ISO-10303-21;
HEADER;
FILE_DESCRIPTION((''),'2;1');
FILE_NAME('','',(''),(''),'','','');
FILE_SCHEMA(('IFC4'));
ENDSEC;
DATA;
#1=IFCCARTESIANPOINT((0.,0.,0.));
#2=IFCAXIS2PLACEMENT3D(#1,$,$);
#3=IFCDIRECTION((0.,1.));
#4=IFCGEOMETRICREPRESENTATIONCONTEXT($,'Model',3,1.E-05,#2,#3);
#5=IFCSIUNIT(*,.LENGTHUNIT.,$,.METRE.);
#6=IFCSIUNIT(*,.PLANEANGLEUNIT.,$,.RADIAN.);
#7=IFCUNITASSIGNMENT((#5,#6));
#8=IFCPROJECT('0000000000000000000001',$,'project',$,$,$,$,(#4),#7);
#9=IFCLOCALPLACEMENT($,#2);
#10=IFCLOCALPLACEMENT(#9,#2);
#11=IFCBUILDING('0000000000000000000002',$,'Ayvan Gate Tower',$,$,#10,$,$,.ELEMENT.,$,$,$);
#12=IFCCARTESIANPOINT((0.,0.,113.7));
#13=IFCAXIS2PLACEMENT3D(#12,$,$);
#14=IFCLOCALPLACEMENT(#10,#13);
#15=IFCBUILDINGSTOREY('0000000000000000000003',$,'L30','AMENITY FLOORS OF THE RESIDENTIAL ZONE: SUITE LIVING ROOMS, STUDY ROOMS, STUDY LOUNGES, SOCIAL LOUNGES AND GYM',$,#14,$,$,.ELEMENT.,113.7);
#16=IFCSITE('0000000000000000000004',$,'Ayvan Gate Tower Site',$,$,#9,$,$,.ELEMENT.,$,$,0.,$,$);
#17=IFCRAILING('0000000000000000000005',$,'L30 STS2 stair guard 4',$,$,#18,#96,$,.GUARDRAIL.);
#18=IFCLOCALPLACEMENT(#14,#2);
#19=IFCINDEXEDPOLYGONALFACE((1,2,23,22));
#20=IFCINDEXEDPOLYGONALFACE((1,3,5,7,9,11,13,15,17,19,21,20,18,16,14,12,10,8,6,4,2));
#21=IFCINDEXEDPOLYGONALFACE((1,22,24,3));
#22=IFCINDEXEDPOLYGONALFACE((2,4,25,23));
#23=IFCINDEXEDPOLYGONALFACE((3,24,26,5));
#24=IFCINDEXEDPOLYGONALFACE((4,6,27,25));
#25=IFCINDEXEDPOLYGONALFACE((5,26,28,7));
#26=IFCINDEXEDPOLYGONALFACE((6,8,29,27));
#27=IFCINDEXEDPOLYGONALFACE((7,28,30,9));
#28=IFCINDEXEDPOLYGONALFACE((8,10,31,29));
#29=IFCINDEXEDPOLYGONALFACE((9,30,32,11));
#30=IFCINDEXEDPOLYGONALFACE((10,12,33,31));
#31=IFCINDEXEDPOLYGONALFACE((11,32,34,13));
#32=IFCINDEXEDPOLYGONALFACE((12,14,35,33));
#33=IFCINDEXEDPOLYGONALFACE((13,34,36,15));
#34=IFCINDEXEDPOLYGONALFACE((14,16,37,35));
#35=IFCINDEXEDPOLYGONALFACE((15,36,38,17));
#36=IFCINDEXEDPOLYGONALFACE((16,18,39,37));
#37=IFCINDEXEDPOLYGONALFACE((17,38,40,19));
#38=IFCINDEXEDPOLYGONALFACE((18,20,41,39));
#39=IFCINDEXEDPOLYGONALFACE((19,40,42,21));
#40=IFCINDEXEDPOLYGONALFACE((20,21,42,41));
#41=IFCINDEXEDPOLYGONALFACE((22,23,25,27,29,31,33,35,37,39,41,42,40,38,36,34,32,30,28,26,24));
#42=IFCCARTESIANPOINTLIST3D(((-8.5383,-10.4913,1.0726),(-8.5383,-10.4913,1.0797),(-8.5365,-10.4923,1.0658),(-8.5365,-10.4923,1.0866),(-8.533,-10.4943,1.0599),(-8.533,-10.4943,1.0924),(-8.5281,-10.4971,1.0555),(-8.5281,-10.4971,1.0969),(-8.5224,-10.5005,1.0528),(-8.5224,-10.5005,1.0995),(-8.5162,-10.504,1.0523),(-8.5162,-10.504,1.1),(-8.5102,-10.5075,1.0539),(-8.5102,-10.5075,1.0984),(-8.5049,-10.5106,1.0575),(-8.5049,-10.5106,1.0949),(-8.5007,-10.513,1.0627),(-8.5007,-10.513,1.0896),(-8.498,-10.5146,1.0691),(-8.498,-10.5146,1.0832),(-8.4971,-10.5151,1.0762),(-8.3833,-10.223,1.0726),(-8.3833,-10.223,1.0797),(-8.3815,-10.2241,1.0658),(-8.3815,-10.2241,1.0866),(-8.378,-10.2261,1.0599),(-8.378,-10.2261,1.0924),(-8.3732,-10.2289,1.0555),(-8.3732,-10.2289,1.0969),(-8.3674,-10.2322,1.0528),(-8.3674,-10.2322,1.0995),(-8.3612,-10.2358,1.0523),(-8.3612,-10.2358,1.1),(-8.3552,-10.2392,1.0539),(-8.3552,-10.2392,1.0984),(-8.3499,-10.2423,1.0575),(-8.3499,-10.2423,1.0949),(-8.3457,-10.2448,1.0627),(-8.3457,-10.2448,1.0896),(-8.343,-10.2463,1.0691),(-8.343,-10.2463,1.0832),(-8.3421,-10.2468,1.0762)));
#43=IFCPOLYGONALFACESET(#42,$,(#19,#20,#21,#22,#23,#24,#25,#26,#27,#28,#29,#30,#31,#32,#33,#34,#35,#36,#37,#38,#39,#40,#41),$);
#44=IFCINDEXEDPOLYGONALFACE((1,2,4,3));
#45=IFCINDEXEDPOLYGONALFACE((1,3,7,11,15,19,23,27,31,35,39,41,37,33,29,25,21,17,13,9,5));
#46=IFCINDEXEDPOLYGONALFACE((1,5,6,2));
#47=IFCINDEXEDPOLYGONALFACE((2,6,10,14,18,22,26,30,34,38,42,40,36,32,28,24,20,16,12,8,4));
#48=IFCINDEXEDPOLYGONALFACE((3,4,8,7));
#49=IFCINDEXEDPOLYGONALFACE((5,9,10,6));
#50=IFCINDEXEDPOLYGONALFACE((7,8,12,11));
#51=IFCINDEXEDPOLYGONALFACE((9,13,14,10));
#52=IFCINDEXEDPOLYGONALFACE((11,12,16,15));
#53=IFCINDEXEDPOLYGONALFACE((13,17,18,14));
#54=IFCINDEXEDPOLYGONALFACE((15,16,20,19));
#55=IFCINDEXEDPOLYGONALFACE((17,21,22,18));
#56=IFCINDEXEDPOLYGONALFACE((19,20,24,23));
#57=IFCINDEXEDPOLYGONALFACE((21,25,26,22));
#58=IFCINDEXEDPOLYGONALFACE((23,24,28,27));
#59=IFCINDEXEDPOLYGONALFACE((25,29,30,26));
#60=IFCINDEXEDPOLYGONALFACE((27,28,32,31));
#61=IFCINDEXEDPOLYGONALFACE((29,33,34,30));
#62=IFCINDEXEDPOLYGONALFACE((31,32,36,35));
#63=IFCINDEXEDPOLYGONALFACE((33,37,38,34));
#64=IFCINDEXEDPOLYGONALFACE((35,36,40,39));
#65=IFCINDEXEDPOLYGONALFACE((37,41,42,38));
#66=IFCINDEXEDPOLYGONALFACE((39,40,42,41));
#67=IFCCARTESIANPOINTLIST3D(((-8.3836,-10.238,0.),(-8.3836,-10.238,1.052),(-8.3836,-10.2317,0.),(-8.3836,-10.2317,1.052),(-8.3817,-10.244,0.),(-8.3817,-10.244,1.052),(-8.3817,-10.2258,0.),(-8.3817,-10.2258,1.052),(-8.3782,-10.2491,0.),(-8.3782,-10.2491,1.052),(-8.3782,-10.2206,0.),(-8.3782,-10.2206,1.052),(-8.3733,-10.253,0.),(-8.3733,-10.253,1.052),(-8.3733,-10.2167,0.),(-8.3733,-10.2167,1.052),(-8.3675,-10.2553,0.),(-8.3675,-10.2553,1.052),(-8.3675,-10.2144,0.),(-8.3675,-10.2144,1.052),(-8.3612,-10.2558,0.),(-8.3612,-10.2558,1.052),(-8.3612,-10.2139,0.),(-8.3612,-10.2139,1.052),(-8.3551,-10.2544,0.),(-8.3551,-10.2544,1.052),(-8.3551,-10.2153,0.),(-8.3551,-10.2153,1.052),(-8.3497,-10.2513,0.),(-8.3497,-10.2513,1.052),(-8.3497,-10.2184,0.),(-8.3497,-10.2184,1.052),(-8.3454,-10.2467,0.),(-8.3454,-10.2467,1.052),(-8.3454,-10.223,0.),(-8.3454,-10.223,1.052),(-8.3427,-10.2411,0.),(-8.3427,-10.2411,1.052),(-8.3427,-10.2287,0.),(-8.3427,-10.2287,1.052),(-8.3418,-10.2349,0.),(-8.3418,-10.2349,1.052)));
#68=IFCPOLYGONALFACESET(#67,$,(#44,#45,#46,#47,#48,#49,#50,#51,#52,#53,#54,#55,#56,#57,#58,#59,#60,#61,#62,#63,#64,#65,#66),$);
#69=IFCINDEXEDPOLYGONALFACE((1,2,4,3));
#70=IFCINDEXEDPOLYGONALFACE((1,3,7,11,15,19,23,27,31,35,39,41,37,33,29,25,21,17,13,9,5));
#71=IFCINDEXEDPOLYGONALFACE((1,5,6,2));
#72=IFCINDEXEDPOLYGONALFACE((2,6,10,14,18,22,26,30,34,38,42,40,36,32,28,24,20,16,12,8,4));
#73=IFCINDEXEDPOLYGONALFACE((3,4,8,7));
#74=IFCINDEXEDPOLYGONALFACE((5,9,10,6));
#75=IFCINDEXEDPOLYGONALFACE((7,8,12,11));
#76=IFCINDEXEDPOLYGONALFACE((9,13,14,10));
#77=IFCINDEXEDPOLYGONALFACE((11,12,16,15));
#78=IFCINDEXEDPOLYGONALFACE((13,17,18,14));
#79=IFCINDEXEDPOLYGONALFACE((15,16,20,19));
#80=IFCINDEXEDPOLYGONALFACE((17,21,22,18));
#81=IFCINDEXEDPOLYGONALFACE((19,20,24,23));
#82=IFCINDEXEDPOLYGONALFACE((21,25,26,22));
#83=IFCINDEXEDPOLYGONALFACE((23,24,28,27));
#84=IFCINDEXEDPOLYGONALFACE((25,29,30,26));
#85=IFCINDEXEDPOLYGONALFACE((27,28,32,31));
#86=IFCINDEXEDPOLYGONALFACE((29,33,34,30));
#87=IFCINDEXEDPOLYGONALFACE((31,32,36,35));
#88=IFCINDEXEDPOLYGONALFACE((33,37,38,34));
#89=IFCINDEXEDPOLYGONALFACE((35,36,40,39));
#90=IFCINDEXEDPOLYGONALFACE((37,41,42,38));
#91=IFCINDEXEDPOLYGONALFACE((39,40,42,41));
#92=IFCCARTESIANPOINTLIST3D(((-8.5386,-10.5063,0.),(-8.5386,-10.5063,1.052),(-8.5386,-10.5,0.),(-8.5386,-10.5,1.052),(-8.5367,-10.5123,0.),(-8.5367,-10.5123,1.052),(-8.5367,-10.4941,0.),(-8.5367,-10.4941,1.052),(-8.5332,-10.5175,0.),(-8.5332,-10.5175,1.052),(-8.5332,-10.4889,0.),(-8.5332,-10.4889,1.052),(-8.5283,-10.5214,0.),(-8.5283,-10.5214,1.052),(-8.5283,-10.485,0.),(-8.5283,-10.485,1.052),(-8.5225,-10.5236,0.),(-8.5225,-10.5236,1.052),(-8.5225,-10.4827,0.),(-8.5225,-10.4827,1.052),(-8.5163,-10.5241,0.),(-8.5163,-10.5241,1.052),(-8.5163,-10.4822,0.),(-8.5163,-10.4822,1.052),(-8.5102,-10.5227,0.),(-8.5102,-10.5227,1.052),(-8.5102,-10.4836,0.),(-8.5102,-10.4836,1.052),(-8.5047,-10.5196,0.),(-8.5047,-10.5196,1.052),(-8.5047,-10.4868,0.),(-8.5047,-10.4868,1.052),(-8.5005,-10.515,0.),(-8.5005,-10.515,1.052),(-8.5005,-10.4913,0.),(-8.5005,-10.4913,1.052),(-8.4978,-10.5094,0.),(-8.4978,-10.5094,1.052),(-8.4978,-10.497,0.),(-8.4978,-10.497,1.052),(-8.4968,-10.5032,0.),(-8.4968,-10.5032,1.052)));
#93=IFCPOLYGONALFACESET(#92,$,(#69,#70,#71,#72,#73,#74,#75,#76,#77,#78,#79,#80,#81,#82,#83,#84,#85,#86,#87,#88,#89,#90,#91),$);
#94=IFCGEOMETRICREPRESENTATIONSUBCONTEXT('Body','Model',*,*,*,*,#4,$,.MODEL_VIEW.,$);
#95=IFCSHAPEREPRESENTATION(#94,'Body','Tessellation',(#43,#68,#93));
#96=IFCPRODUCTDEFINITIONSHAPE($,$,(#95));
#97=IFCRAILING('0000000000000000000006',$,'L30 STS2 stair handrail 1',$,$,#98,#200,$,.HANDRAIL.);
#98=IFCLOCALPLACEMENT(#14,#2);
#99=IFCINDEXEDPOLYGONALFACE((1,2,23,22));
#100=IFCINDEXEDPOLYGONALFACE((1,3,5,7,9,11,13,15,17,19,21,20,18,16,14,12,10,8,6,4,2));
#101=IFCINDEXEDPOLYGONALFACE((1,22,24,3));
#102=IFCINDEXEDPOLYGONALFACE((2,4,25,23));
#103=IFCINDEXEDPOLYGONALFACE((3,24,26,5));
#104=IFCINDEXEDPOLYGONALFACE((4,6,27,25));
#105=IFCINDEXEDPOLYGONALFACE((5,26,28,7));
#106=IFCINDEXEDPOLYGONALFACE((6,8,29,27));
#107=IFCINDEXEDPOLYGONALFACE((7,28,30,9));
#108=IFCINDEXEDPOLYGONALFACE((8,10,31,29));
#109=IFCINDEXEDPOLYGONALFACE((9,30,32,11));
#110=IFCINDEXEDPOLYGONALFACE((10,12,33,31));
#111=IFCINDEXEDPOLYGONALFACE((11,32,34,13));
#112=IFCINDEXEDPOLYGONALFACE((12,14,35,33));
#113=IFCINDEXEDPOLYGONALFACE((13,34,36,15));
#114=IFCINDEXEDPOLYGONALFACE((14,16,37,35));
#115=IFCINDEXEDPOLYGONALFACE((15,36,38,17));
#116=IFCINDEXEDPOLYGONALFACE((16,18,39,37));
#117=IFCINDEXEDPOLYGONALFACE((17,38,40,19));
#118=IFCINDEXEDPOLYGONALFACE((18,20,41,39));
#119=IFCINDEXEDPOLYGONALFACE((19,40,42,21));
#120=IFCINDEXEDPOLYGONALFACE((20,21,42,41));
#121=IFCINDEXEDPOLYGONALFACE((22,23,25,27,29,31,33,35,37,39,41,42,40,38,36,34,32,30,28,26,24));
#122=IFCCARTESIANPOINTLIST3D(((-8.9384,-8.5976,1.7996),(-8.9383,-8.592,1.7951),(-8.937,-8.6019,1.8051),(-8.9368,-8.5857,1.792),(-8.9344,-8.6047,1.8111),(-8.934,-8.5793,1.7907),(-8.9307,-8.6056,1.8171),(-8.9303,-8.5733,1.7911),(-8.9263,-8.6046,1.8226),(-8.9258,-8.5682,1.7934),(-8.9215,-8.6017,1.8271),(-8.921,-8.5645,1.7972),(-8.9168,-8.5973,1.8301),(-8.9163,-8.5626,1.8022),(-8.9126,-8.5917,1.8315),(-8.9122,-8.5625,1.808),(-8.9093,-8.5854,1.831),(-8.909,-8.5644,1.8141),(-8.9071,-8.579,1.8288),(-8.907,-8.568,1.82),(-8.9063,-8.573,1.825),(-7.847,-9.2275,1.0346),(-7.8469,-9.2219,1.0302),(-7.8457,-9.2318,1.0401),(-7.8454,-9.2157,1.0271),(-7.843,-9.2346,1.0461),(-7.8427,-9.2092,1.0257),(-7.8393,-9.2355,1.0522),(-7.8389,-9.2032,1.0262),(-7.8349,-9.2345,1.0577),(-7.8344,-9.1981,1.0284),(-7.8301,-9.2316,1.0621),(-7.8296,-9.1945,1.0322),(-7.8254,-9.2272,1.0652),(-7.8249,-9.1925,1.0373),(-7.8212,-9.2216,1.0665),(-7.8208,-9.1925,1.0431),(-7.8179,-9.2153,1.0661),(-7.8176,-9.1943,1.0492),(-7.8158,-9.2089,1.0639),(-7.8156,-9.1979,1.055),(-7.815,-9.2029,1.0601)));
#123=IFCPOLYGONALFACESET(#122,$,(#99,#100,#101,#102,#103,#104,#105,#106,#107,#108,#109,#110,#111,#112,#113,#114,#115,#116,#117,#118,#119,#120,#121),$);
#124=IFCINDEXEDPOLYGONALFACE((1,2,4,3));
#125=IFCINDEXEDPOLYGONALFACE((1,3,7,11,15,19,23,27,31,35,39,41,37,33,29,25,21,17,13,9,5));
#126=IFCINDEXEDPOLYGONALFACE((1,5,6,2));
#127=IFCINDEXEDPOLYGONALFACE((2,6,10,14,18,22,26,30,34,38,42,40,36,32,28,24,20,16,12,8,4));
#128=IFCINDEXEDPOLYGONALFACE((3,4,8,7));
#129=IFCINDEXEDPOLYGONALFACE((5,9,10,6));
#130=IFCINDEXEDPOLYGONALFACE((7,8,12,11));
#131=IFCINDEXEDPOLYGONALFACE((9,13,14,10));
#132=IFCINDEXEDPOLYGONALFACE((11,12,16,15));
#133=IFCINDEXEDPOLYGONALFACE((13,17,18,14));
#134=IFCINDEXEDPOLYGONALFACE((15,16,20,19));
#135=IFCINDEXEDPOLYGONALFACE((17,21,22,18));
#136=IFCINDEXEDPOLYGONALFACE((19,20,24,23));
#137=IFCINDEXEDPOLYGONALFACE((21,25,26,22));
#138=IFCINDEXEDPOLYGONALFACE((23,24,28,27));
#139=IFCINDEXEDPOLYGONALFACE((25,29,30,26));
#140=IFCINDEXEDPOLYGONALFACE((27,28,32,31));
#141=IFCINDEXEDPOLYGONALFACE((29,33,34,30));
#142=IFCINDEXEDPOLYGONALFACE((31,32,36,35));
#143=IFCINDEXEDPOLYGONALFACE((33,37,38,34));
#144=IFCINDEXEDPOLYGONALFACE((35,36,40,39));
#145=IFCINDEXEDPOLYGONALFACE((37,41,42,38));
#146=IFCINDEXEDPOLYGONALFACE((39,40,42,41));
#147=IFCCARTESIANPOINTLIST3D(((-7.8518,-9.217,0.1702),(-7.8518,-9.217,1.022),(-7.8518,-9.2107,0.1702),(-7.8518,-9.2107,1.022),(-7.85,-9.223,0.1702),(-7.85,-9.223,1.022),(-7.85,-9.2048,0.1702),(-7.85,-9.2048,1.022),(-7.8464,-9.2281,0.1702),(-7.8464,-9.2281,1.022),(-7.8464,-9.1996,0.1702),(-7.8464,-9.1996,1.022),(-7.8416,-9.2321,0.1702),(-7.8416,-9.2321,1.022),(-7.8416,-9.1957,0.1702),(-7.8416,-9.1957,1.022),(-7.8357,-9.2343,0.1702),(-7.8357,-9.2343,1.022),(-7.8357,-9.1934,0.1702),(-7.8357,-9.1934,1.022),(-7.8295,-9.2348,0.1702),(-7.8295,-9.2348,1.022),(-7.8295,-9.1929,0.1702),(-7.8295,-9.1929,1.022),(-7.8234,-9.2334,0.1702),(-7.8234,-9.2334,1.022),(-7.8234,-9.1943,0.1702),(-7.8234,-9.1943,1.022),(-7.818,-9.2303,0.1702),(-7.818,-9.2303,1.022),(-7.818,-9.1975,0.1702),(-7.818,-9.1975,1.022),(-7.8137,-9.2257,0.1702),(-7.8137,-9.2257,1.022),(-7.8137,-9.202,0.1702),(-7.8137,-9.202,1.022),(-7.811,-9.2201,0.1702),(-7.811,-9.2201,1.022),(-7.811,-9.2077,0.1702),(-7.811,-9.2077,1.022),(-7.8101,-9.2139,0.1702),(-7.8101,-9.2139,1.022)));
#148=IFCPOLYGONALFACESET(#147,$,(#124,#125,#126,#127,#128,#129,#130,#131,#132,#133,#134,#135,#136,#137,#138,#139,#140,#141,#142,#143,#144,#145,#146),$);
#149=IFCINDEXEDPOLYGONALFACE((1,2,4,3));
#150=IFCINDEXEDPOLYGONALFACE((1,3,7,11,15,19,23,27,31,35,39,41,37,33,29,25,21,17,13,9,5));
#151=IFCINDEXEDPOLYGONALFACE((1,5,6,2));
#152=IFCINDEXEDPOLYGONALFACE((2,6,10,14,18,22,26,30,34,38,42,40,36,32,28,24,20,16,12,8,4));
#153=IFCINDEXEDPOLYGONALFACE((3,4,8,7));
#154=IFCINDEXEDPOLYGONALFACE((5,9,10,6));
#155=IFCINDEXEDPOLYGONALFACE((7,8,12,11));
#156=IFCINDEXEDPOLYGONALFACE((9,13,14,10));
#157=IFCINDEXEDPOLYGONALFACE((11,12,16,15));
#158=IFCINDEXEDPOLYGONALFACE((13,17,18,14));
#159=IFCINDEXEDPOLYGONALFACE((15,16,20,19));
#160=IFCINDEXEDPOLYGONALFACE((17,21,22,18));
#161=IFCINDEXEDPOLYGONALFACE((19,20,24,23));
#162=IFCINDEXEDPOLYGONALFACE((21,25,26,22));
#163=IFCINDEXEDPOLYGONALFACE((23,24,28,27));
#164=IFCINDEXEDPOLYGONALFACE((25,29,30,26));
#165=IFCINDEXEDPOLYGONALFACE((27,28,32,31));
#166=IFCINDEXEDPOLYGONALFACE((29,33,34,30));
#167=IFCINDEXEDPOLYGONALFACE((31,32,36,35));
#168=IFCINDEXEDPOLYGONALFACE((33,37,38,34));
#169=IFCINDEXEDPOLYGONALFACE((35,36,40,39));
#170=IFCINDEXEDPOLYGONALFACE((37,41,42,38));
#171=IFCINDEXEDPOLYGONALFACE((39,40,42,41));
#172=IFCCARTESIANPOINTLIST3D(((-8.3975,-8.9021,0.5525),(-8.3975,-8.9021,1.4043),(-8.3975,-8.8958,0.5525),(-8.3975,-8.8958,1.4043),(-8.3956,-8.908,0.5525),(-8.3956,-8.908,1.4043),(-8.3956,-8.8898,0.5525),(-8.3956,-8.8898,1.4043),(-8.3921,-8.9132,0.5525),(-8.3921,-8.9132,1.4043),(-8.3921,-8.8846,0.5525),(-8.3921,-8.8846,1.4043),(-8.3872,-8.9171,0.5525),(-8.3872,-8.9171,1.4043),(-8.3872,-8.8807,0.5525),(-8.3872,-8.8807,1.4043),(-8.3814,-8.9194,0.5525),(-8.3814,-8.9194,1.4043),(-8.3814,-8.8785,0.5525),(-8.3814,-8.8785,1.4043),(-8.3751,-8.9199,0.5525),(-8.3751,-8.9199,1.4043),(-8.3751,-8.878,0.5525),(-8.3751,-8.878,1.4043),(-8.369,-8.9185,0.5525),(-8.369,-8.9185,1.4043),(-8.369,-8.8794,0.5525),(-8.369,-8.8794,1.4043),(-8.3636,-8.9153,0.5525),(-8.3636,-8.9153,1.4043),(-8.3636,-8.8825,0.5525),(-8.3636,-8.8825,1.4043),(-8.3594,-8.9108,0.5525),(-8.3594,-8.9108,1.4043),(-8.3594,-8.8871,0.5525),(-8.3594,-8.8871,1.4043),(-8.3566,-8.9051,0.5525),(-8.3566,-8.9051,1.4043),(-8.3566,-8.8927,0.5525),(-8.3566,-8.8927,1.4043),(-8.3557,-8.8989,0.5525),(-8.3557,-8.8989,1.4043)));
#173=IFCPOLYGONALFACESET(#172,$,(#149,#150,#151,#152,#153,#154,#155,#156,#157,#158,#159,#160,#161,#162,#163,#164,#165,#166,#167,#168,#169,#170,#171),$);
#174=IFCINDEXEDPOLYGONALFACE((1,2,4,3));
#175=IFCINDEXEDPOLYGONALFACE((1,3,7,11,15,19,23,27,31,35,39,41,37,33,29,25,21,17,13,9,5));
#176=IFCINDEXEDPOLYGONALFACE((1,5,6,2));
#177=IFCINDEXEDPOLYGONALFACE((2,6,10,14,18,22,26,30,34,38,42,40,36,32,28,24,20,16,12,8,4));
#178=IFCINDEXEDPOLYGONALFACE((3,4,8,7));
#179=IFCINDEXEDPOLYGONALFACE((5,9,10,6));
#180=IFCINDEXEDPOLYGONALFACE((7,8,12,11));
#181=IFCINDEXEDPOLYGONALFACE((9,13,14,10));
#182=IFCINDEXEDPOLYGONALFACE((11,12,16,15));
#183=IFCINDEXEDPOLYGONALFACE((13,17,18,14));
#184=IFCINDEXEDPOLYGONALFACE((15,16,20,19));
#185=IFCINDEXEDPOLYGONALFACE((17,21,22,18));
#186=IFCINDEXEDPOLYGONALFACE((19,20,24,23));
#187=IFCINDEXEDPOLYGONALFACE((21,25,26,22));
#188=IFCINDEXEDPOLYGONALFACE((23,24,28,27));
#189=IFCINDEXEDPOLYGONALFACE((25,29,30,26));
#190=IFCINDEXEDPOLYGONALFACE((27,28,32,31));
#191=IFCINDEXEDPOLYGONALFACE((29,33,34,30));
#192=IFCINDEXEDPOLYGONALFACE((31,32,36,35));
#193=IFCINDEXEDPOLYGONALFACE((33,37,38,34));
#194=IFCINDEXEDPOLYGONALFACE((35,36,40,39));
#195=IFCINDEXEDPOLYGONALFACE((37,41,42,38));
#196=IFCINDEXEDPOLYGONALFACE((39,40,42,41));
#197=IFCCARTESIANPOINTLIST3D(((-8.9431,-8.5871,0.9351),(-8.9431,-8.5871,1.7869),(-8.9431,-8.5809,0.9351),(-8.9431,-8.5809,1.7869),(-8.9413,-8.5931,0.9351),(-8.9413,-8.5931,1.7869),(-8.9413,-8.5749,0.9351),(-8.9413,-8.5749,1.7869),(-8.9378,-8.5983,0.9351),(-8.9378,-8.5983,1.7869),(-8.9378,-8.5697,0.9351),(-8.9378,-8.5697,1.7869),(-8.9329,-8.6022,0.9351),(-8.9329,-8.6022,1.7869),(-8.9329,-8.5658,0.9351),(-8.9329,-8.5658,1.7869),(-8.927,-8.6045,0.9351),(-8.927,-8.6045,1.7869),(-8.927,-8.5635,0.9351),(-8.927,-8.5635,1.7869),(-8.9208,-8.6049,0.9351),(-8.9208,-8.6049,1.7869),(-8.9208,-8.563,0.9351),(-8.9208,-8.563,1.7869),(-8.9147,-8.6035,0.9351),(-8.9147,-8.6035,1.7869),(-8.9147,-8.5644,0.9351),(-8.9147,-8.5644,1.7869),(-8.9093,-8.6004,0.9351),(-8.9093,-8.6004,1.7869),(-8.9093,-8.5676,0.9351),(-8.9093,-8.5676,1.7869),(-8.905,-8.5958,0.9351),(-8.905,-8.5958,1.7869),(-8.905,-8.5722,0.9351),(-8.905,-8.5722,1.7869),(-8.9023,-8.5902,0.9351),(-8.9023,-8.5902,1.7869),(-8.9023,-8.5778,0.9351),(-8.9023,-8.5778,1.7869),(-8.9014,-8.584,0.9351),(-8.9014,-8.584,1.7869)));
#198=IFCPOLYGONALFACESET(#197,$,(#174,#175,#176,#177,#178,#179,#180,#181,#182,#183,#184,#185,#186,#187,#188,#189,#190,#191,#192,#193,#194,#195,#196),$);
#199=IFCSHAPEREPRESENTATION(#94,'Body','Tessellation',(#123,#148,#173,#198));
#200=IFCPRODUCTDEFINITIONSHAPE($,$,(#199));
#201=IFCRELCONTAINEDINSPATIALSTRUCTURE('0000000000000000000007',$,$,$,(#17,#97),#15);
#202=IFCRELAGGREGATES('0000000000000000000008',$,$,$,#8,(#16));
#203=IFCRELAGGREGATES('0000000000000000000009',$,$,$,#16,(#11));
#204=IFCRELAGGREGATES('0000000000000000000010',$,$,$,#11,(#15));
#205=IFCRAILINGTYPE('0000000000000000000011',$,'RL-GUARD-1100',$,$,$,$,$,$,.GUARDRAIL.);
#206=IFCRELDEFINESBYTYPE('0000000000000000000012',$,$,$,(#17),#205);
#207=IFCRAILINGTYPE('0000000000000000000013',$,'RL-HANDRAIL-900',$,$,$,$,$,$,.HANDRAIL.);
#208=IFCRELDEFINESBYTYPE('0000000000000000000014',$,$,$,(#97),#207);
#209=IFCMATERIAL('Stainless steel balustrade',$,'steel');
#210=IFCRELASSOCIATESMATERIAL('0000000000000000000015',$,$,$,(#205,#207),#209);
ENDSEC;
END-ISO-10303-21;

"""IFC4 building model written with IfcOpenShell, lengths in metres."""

from ifc_helpers import new_model, si_unit, direction, frame, origin, origin_2d, place, context, subcontext, project, spatial, circle, extrude, material, type_object, element, save


model = new_model("IFC4")

# Units and contexts
model_context = context("Model", 3, precision=1e-05, world=origin(), true_north=direction((0.0, 1.0)))
body_context = subcontext(model_context, "Body", "Model", "MODEL_VIEW")
ifc_project = project(units=[si_unit("LENGTHUNIT", "METRE"), si_unit("PLANEANGLEUNIT", "RADIAN")], contexts=[model_context])

# Site, building, storey
site_placement = place(None, origin())
site = spatial("IfcSite", under=ifc_project, at=site_placement, Name="Ayvan Gate Tower Site", CompositionType="ELEMENT", RefElevation=0.0)
building_placement = place(site_placement, origin())
building = spatial("IfcBuilding", under=site, at=building_placement, Name="Ayvan Gate Tower", CompositionType="ELEMENT")
storey_placement = place(building_placement, frame((0.0, 0.0, 113.7)))
storey = spatial("IfcBuildingStorey", under=building, at=storey_placement, Name="L30", Description="AMENITY FLOORS OF THE RESIDENTIAL ZONE: SUITE LIVING ROOMS, STUDY ROOMS, STUDY LOUNGES, SOCIAL LOUNGES AND GYM", CompositionType="ELEMENT", Elevation=113.7)

# Railings
ifc_material_1 = material(Name="Stainless steel balustrade", Category="steel")
railing_type_1 = type_object("IfcRailingType", Name="RL-GUARD-1100", PredefinedType="GUARDRAIL", material=ifc_material_1)
railing_1_placement = place(storey_placement, frame((-8.3628, -10.2349, 0.0)))
element("IfcRailing", 1, at=railing_1_placement, inside=storey, type_object=railing_type_1, Name="L30 STS2 stair guard 4", PredefinedType="GUARDRAIL", context=body_context, shape_type="SweptSolid", body=[
    extrude(circle(Radius=0.0239, at=origin_2d()), frame((0.0, 0.0, 1.0762), z_axis=(-0.500291, -0.865857, 0.0), x_axis=(0.865857, -0.500291, 0.0)), (0.0, 0.0, 1.0), 0.3098),
    extrude(circle(Radius=0.021, at=origin_2d()), origin(), (0.0, 0.0, 1.0), 1.052),
    extrude(circle(Radius=0.021, at=origin_2d()), frame((-0.155, -0.2683, 0.0)), (0.0, 0.0, 1.0), 1.052),
])
railing_type_2 = type_object("IfcRailingType", Name="RL-HANDRAIL-900", PredefinedType="HANDRAIL", material=ifc_material_1)
railing_2_placement = place(storey_placement, frame((-7.8311, -9.2139, 0.1702)))
element("IfcRailing", 2, at=railing_2_placement, inside=storey, type_object=railing_type_2, Name="L30 STS2 stair handrail 1", PredefinedType="HANDRAIL", context=body_context, shape_type="SweptSolid", body=[
    extrude(circle(Radius=0.0239, at=origin_2d()), frame((0.0, 0.0, 0.876), z_axis=(-0.740357, 0.42732, 0.518912), x_axis=(-0.49989, -0.866089, 0.0)), (0.0, 0.0, 1.0), 1.4741),
    extrude(circle(Radius=0.021, at=origin_2d()), origin(), (0.0, 0.0, 1.0), 0.8518),
    extrude(circle(Radius=0.021, at=origin_2d()), frame((-0.5457, 0.3149, 0.3823)), (0.0, 0.0, 1.0), 0.8518),
    extrude(circle(Radius=0.021, at=origin_2d()), frame((-1.0913, 0.6299, 0.7649)), (0.0, 0.0, 1.0), 0.8518),
])

save(model, "model.ifc")
